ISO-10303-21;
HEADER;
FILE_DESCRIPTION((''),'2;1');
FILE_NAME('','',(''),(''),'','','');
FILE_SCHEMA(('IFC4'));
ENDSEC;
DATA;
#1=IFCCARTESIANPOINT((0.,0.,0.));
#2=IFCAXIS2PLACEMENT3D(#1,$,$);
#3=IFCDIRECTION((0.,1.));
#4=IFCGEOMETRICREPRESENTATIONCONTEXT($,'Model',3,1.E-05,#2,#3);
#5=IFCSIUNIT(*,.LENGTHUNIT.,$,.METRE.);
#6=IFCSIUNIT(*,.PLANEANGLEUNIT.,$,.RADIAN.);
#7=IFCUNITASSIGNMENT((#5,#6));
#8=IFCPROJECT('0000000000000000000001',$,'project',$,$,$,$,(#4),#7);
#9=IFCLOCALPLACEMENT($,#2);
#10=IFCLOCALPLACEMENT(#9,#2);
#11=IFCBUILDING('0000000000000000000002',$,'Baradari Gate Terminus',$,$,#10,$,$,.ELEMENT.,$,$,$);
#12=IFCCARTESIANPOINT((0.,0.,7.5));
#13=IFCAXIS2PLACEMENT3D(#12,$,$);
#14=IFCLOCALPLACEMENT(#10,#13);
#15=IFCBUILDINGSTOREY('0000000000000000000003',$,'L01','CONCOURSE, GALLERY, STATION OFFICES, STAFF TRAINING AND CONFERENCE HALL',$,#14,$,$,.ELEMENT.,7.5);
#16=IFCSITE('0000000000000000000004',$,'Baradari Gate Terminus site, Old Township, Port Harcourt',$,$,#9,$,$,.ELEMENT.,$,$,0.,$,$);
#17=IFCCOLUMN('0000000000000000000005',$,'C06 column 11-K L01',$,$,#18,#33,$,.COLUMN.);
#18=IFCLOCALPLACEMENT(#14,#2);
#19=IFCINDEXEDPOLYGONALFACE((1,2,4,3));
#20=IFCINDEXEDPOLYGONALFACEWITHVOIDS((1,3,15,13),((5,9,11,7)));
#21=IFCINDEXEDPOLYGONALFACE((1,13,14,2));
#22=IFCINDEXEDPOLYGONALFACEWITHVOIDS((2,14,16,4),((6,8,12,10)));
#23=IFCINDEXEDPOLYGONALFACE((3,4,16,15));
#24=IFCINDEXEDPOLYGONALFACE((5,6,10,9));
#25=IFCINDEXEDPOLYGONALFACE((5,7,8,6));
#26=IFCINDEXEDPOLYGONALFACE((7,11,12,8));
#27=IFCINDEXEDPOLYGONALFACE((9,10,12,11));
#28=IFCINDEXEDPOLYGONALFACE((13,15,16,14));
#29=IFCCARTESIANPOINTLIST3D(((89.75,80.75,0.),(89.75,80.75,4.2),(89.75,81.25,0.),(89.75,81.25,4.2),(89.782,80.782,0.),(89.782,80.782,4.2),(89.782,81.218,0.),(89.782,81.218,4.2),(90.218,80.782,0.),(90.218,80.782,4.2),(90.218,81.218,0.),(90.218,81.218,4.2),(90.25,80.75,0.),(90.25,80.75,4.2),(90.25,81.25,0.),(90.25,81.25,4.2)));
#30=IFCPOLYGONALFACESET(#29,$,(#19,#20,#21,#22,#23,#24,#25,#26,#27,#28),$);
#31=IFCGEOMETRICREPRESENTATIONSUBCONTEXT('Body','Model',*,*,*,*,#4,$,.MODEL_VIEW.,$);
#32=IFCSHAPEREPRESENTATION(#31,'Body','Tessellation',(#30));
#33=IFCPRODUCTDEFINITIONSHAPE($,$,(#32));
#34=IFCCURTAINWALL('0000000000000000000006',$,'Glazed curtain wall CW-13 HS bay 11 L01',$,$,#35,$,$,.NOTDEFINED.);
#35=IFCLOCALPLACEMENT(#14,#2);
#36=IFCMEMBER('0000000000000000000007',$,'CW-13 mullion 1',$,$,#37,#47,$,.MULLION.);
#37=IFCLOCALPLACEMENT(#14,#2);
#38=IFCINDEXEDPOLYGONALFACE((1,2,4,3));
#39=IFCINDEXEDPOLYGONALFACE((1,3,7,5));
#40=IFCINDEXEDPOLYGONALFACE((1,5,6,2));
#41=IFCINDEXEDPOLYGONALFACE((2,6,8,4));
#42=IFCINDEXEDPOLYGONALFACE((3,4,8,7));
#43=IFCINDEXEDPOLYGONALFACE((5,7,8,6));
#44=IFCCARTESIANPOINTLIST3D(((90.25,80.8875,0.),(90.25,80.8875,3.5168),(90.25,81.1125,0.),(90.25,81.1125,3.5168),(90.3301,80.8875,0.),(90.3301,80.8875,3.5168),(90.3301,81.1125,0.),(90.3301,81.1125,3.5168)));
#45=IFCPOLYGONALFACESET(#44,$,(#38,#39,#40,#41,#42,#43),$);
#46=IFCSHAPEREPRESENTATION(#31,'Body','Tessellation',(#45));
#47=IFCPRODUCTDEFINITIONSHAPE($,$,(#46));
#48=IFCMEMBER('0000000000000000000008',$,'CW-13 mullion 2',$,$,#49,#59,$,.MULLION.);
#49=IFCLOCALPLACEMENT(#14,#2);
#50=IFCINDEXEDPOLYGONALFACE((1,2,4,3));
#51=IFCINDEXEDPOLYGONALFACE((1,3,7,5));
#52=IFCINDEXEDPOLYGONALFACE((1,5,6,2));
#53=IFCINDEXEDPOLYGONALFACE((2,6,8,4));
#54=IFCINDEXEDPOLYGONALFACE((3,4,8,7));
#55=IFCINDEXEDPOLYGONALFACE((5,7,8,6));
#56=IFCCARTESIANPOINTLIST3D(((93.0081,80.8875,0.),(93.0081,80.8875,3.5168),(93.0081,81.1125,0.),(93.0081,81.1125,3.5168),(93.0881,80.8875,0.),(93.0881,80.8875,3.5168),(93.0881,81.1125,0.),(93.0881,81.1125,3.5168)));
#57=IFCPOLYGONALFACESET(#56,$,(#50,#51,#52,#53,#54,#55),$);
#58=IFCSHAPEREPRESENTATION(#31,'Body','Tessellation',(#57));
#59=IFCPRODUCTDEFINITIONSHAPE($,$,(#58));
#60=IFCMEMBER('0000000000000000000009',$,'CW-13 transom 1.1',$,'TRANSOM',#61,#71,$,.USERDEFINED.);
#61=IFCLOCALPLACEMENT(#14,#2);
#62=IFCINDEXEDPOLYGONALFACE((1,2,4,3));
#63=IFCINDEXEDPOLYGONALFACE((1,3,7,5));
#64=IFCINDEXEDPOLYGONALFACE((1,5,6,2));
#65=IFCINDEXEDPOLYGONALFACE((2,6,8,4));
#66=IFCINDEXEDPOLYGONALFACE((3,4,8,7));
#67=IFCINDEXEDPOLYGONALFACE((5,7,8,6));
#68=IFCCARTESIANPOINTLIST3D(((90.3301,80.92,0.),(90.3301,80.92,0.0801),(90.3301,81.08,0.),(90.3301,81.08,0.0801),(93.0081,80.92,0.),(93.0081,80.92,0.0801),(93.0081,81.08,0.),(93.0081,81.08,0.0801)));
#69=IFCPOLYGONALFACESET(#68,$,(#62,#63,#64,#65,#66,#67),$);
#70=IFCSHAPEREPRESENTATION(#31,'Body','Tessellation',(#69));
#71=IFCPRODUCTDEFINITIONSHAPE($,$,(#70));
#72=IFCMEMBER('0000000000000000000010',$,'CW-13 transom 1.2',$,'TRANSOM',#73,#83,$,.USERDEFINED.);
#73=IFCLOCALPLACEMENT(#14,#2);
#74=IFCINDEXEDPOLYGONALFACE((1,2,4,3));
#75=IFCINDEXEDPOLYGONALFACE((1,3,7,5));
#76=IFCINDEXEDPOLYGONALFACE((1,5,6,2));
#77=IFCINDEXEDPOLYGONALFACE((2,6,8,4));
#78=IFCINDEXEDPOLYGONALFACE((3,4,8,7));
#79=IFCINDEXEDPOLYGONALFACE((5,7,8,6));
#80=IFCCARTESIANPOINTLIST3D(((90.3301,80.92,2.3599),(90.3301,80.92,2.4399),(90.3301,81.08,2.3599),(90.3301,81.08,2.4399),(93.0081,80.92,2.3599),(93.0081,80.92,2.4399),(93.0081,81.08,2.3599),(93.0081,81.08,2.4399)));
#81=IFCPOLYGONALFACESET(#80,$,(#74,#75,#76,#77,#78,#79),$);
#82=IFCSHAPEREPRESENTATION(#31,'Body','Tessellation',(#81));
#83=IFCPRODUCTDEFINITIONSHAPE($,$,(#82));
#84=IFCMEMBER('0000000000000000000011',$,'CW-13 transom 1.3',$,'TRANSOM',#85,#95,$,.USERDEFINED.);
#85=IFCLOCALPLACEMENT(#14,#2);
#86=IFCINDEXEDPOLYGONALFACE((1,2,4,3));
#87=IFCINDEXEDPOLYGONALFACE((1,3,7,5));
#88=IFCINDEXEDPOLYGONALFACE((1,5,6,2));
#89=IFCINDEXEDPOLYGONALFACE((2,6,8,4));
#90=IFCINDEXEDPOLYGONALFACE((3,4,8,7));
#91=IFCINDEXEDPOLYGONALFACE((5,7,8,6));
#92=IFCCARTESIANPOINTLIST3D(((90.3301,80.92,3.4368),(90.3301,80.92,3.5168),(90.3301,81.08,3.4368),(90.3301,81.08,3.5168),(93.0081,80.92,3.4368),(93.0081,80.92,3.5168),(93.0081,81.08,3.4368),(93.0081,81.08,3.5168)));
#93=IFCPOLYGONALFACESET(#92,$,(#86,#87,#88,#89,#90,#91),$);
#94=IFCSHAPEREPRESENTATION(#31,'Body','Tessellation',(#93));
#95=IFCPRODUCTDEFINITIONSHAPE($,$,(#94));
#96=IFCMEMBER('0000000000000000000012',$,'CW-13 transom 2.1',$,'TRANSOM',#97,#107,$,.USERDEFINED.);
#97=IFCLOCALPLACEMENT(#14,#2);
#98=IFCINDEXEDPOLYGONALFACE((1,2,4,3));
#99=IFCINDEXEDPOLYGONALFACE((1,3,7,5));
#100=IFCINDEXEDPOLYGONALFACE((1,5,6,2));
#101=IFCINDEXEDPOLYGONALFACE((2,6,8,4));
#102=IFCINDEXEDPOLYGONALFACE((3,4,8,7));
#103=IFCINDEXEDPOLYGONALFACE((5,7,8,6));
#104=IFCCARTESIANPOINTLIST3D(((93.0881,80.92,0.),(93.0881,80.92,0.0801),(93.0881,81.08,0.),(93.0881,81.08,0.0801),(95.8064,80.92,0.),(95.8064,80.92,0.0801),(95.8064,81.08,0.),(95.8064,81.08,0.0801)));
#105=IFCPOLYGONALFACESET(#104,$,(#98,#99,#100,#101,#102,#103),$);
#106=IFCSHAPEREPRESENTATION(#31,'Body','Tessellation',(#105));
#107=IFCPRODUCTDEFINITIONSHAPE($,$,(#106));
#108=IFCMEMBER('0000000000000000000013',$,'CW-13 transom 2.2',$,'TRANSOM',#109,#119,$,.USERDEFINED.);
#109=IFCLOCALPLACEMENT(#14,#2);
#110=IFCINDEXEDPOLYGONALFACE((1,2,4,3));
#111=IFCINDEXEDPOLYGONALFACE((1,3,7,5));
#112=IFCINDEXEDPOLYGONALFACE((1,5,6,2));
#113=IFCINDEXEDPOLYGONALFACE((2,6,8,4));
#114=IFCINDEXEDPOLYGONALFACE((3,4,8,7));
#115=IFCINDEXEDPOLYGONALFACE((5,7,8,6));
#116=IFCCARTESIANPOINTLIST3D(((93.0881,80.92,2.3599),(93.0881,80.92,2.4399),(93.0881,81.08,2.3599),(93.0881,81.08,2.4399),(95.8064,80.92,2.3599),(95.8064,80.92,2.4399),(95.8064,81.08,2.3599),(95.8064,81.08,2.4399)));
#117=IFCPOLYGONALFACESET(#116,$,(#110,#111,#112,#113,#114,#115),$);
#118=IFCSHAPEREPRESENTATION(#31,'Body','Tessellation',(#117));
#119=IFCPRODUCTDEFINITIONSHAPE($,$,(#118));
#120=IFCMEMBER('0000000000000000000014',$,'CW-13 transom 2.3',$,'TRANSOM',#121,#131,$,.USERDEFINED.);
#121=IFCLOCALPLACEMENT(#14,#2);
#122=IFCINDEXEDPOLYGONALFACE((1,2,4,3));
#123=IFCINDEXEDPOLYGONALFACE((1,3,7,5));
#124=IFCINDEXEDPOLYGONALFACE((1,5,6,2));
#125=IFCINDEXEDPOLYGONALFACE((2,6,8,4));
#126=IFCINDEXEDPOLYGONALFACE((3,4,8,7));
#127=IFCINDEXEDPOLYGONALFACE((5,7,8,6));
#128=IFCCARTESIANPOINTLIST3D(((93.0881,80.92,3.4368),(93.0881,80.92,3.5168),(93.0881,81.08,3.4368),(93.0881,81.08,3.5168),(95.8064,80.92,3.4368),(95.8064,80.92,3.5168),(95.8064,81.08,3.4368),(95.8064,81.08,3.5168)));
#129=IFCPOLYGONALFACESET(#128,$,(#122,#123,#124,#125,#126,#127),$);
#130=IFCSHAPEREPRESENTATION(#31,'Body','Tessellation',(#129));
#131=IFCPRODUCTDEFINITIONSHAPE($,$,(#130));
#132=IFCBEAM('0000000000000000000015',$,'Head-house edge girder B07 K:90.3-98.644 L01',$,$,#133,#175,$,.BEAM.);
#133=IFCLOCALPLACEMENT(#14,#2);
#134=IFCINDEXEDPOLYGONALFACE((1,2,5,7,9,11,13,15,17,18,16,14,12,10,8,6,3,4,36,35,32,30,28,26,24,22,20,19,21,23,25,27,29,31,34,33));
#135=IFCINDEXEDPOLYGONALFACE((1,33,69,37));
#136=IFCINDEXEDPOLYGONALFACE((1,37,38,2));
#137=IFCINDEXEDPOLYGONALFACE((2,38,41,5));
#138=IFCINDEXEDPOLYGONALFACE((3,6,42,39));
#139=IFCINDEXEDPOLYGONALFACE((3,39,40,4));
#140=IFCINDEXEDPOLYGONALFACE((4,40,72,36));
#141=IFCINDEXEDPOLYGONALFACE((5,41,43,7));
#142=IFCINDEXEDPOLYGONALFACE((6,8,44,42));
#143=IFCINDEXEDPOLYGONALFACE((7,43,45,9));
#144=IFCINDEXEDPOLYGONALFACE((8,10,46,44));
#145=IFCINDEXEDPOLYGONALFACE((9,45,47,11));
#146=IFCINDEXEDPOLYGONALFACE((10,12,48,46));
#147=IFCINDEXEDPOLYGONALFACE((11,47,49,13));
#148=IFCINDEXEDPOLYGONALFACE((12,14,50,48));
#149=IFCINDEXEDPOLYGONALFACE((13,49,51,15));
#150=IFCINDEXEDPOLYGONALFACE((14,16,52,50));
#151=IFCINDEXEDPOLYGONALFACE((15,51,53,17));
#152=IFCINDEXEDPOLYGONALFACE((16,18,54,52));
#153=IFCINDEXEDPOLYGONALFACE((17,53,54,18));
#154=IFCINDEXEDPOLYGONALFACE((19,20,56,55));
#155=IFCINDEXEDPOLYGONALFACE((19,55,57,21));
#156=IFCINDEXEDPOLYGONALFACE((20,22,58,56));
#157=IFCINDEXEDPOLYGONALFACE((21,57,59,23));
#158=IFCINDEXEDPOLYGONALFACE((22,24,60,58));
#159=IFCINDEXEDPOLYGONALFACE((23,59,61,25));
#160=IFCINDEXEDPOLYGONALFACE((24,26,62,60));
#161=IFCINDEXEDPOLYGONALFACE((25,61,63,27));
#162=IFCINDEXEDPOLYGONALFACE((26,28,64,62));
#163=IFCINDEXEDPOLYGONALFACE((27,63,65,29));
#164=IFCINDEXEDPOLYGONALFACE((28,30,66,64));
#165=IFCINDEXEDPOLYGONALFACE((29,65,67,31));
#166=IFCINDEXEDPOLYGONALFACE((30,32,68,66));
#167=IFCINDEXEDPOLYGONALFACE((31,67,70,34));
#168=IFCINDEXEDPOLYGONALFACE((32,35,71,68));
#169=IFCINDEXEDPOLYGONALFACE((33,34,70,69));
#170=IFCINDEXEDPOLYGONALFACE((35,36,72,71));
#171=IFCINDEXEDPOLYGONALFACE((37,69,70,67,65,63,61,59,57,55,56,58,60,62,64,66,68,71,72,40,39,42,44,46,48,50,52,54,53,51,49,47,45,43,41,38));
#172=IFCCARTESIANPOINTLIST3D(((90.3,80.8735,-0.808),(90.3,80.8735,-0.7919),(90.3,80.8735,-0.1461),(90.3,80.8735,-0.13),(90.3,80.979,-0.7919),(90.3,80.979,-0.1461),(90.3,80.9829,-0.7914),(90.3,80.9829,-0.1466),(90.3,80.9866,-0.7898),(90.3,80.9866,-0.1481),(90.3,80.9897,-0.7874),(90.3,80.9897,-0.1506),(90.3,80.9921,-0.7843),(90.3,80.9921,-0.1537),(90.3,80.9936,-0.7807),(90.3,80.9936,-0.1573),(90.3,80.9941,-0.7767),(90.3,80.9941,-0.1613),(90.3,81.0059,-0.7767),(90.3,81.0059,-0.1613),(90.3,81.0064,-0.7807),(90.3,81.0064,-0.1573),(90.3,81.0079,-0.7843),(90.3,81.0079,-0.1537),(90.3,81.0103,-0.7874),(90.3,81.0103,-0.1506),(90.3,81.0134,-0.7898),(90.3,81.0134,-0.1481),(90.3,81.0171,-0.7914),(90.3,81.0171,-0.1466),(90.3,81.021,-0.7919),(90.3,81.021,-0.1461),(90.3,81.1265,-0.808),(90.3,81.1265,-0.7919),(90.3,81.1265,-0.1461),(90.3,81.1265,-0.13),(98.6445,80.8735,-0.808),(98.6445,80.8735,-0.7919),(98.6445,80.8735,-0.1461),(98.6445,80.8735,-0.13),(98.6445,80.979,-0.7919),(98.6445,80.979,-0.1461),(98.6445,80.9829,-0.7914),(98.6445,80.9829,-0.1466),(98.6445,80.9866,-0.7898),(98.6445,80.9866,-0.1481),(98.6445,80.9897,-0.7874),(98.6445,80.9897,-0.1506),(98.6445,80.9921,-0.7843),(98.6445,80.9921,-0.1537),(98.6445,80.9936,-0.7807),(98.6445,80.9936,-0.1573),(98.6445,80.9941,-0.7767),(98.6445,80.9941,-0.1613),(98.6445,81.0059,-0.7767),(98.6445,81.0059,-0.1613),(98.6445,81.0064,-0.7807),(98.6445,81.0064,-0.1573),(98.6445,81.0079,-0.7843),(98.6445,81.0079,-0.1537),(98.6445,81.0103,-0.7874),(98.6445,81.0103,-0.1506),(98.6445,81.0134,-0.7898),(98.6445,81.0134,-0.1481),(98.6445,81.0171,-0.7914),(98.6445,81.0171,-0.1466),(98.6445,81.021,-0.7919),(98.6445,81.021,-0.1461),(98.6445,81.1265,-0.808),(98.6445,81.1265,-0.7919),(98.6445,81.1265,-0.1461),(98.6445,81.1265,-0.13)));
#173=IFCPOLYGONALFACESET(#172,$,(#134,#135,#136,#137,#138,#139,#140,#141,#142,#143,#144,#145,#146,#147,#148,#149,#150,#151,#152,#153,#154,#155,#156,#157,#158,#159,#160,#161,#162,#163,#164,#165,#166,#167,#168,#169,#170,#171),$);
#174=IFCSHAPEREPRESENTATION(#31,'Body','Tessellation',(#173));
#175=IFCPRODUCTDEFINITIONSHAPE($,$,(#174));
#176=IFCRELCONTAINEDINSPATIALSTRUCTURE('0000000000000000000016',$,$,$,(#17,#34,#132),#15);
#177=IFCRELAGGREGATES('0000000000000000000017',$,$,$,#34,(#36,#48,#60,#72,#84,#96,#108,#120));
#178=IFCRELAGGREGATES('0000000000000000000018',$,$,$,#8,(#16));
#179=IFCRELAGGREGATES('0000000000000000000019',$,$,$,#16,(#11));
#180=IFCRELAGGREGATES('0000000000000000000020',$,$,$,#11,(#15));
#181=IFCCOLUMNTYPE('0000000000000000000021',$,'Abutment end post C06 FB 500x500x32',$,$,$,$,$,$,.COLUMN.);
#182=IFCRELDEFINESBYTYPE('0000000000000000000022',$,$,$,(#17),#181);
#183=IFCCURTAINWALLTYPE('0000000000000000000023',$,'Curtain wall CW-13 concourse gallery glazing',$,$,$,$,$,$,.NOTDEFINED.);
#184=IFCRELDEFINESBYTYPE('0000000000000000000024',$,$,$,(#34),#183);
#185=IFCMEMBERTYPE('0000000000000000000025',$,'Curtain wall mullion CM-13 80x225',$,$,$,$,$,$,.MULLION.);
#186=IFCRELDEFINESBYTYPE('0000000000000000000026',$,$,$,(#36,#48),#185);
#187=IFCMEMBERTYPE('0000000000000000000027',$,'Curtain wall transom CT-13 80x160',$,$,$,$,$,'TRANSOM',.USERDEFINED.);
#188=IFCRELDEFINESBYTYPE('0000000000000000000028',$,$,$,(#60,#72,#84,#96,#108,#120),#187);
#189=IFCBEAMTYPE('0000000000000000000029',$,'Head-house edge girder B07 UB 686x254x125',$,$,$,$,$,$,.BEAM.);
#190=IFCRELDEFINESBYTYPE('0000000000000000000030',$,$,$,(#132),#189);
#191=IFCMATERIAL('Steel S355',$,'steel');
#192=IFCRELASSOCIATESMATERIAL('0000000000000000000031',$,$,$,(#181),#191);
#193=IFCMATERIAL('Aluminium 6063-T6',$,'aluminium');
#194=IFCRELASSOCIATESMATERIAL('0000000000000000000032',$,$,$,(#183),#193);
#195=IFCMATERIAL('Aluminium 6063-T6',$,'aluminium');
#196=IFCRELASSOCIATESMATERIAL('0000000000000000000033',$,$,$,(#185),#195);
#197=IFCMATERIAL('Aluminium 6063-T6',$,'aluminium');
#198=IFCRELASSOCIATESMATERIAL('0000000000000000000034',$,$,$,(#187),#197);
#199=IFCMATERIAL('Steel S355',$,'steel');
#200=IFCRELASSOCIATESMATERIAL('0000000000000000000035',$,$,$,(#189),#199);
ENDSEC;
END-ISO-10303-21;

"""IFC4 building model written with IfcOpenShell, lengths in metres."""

from ifc_helpers import new_model, si_unit, direction, frame, origin, origin_2d, place, context, subcontext, project, spatial, rectangle, hollow_rectangle, i_section, extrude, material, material_profile, profile_set, type_object, element, aggregate, save


model = new_model("IFC4")

# Units and contexts
model_context = context("Model", 3, precision=1e-05, world=origin(), true_north=direction((0.0, 1.0)))
body_context = subcontext(model_context, "Body", "Model", "MODEL_VIEW")
ifc_project = project(units=[si_unit("LENGTHUNIT", "METRE"), si_unit("PLANEANGLEUNIT", "RADIAN")], contexts=[model_context])

# Site, building, storey
site_placement = place(None, origin())
site = spatial("IfcSite", under=ifc_project, at=site_placement, Name="Baradari Gate Terminus site, Old Township, Port Harcourt", CompositionType="ELEMENT", RefElevation=0.0)
building_placement = place(site_placement, origin())
building = spatial("IfcBuilding", under=site, at=building_placement, Name="Baradari Gate Terminus", CompositionType="ELEMENT")
storey_placement = place(building_placement, frame((0.0, 0.0, 7.5)))
storey = spatial("IfcBuildingStorey", under=building, at=storey_placement, Name="L01", Description="CONCOURSE, GALLERY, STATION OFFICES, STAFF TRAINING AND CONFERENCE HALL", CompositionType="ELEMENT", Elevation=7.5)

# Column
ifc_material_1 = material(Name="Steel S355", Category="steel")
ifc_material_profile_1 = material_profile(ifc_material_1, hollow_rectangle(XDim=0.5, YDim=0.5, WallThickness=0.032, at=origin_2d()), Name="FB 500x500x32")
ifc_profile_set_1 = profile_set([ifc_material_profile_1], Name="Steel S355")
column_type = type_object("IfcColumnType", Name="Abutment end post C06 FB 500x500x32", PredefinedType="COLUMN", material=ifc_profile_set_1)
column_placement = place(storey_placement, frame((90.0, 81.0, 0.0), z_axis=(0.0, 0.0, 1.0), x_axis=(1.0, 0.0, 0.0)))
element("IfcColumn", 1, at=column_placement, inside=storey, type_object=column_type, Name="C06 column 11-K L01", PredefinedType="COLUMN", context=body_context, shape_type="SweptSolid", body=[
    extrude(hollow_rectangle(XDim=0.5, YDim=0.5, WallThickness=0.032, at=origin_2d()), origin(), (0.0, 0.0, 1.0), 4.2),
])

# Curtain wall, members
ifc_material_2 = material(Name="Aluminium 6063-T6", Category="aluminium")
curtain_wall_type = type_object("IfcCurtainWallType", Name="Curtain wall CW-13 concourse gallery glazing", PredefinedType="NOTDEFINED", material=ifc_material_2)
curtain_wall_placement = place(storey_placement, origin())
curtain_wall = element("IfcCurtainWall", 2, at=curtain_wall_placement, inside=storey, type_object=curtain_wall_type, Name="Glazed curtain wall CW-13 HS bay 11 L01", PredefinedType="NOTDEFINED")
ifc_material_3 = material(Name="Aluminium 6063-T6", Category="aluminium")
ifc_material_profile_2 = material_profile(ifc_material_3, rectangle(XDim=0.2251, YDim=0.0801, at=origin_2d()), Name="CM-13 80X225")
ifc_profile_set_2 = profile_set([ifc_material_profile_2], Name="Aluminium 6063-T6")
member_type_1 = type_object("IfcMemberType", Name="Curtain wall mullion CM-13 80x225", PredefinedType="MULLION", material=ifc_profile_set_2)
member_1_placement = place(storey_placement, frame((90.29, 81.0, 0.0), z_axis=(0.0, 0.0, 1.0), x_axis=(0.0, 1.0, 0.0)))
member_1 = element("IfcMember", 3, at=member_1_placement, type_object=member_type_1, Name="CW-13 mullion 1", PredefinedType="MULLION", context=body_context, shape_type="SweptSolid", body=[
    extrude(rectangle(XDim=0.2251, YDim=0.0801, at=origin_2d()), origin(), (0.0, 0.0, 1.0), 3.5168),
])
member_2_placement = place(storey_placement, frame((93.0481, 81.0, 0.0), z_axis=(0.0, 0.0, 1.0), x_axis=(0.0, 1.0, 0.0)))
member_2 = element("IfcMember", 4, at=member_2_placement, type_object=member_type_1, Name="CW-13 mullion 2", PredefinedType="MULLION", context=body_context, shape_type="SweptSolid", body=[
    extrude(rectangle(XDim=0.2251, YDim=0.0801, at=origin_2d()), origin(), (0.0, 0.0, 1.0), 3.5168),
])
ifc_material_4 = material(Name="Aluminium 6063-T6", Category="aluminium")
ifc_material_profile_3 = material_profile(ifc_material_4, rectangle(XDim=0.1599, YDim=0.0801, at=origin_2d()), Name="CT-13 80X160")
ifc_profile_set_3 = profile_set([ifc_material_profile_3], Name="Aluminium 6063-T6")
member_type_2 = type_object("IfcMemberType", Name="Curtain wall transom CT-13 80x160", ElementType="TRANSOM", PredefinedType="USERDEFINED", material=ifc_profile_set_3)
member_3_placement = place(storey_placement, frame((90.3301, 81.0, 0.04), z_axis=(1.0, 0.0, 0.0), x_axis=(0.0, 1.0, 0.0)))
member_3 = element("IfcMember", 5, at=member_3_placement, type_object=member_type_2, Name="CW-13 transom 1.1", ObjectType="TRANSOM", PredefinedType="USERDEFINED", context=body_context, shape_type="SweptSolid", body=[
    extrude(rectangle(XDim=0.1599, YDim=0.0801, at=origin_2d()), origin(), (0.0, 0.0, 1.0), 2.678),
])
member_4_placement = place(storey_placement, frame((90.3301, 81.0, 2.3999), z_axis=(1.0, 0.0, 0.0), x_axis=(0.0, 1.0, 0.0)))
member_4 = element("IfcMember", 6, at=member_4_placement, type_object=member_type_2, Name="CW-13 transom 1.2", ObjectType="TRANSOM", PredefinedType="USERDEFINED", context=body_context, shape_type="SweptSolid", body=[
    extrude(rectangle(XDim=0.1599, YDim=0.0801, at=origin_2d()), origin(), (0.0, 0.0, 1.0), 2.678),
])
member_5_placement = place(storey_placement, frame((90.3301, 81.0, 3.4768), z_axis=(1.0, 0.0, 0.0), x_axis=(0.0, 1.0, 0.0)))
member_5 = element("IfcMember", 7, at=member_5_placement, type_object=member_type_2, Name="CW-13 transom 1.3", ObjectType="TRANSOM", PredefinedType="USERDEFINED", context=body_context, shape_type="SweptSolid", body=[
    extrude(rectangle(XDim=0.1599, YDim=0.0801, at=origin_2d()), origin(), (0.0, 0.0, 1.0), 2.678),
])
member_6_placement = place(storey_placement, frame((93.0881, 81.0, 0.04), z_axis=(1.0, 0.0, 0.0), x_axis=(0.0, 1.0, 0.0)))
member_6 = element("IfcMember", 8, at=member_6_placement, type_object=member_type_2, Name="CW-13 transom 2.1", ObjectType="TRANSOM", PredefinedType="USERDEFINED", context=body_context, shape_type="SweptSolid", body=[
    extrude(rectangle(XDim=0.1599, YDim=0.0801, at=origin_2d()), origin(), (0.0, 0.0, 1.0), 2.7183),
])
member_7_placement = place(storey_placement, frame((93.0881, 81.0, 2.3999), z_axis=(1.0, 0.0, 0.0), x_axis=(0.0, 1.0, 0.0)))
member_7 = element("IfcMember", 9, at=member_7_placement, type_object=member_type_2, Name="CW-13 transom 2.2", ObjectType="TRANSOM", PredefinedType="USERDEFINED", context=body_context, shape_type="SweptSolid", body=[
    extrude(rectangle(XDim=0.1599, YDim=0.0801, at=origin_2d()), origin(), (0.0, 0.0, 1.0), 2.7183),
])
member_8_placement = place(storey_placement, frame((93.0881, 81.0, 3.4768), z_axis=(1.0, 0.0, 0.0), x_axis=(0.0, 1.0, 0.0)))
member_8 = element("IfcMember", 10, at=member_8_placement, type_object=member_type_2, Name="CW-13 transom 2.3", ObjectType="TRANSOM", PredefinedType="USERDEFINED", context=body_context, shape_type="SweptSolid", body=[
    extrude(rectangle(XDim=0.1599, YDim=0.0801, at=origin_2d()), origin(), (0.0, 0.0, 1.0), 2.7183),
])

# Beam
ifc_material_5 = material(Name="Steel S355", Category="steel")
ifc_material_profile_4 = material_profile(ifc_material_5, i_section(OverallWidth=0.2529, OverallDepth=0.678, WebThickness=0.0117, FlangeThickness=0.0161, FilletRadius=0.0151, at=origin_2d()), Name="UB 686x254x125")
ifc_profile_set_4 = profile_set([ifc_material_profile_4], Name="Steel S355")
beam_type_1 = type_object("IfcBeamType", Name="Head-house edge girder B07 UB 686x254x125", PredefinedType="BEAM", material=ifc_profile_set_4)
beam_1_placement = place(storey_placement, frame((90.3, 81.0, -0.469), z_axis=(1.0, 0.0, 0.0), x_axis=(0.0, 1.0, 0.0)))
element("IfcBeam", 11, at=beam_1_placement, inside=storey, type_object=beam_type_1, Name="Head-house edge girder B07 K:90.3-98.644 L01", PredefinedType="BEAM", context=body_context, shape_type="SweptSolid", body=[
    extrude(i_section(OverallWidth=0.2529, OverallDepth=0.678, WebThickness=0.0117, FlangeThickness=0.0161, FilletRadius=0.0151, at=origin_2d()), origin(), (0.0, 0.0, 1.0), 8.3445),
])

aggregate(curtain_wall, [member_1, member_2, member_3, member_4, member_5, member_6, member_7, member_8])

save(model, "model.ifc")
